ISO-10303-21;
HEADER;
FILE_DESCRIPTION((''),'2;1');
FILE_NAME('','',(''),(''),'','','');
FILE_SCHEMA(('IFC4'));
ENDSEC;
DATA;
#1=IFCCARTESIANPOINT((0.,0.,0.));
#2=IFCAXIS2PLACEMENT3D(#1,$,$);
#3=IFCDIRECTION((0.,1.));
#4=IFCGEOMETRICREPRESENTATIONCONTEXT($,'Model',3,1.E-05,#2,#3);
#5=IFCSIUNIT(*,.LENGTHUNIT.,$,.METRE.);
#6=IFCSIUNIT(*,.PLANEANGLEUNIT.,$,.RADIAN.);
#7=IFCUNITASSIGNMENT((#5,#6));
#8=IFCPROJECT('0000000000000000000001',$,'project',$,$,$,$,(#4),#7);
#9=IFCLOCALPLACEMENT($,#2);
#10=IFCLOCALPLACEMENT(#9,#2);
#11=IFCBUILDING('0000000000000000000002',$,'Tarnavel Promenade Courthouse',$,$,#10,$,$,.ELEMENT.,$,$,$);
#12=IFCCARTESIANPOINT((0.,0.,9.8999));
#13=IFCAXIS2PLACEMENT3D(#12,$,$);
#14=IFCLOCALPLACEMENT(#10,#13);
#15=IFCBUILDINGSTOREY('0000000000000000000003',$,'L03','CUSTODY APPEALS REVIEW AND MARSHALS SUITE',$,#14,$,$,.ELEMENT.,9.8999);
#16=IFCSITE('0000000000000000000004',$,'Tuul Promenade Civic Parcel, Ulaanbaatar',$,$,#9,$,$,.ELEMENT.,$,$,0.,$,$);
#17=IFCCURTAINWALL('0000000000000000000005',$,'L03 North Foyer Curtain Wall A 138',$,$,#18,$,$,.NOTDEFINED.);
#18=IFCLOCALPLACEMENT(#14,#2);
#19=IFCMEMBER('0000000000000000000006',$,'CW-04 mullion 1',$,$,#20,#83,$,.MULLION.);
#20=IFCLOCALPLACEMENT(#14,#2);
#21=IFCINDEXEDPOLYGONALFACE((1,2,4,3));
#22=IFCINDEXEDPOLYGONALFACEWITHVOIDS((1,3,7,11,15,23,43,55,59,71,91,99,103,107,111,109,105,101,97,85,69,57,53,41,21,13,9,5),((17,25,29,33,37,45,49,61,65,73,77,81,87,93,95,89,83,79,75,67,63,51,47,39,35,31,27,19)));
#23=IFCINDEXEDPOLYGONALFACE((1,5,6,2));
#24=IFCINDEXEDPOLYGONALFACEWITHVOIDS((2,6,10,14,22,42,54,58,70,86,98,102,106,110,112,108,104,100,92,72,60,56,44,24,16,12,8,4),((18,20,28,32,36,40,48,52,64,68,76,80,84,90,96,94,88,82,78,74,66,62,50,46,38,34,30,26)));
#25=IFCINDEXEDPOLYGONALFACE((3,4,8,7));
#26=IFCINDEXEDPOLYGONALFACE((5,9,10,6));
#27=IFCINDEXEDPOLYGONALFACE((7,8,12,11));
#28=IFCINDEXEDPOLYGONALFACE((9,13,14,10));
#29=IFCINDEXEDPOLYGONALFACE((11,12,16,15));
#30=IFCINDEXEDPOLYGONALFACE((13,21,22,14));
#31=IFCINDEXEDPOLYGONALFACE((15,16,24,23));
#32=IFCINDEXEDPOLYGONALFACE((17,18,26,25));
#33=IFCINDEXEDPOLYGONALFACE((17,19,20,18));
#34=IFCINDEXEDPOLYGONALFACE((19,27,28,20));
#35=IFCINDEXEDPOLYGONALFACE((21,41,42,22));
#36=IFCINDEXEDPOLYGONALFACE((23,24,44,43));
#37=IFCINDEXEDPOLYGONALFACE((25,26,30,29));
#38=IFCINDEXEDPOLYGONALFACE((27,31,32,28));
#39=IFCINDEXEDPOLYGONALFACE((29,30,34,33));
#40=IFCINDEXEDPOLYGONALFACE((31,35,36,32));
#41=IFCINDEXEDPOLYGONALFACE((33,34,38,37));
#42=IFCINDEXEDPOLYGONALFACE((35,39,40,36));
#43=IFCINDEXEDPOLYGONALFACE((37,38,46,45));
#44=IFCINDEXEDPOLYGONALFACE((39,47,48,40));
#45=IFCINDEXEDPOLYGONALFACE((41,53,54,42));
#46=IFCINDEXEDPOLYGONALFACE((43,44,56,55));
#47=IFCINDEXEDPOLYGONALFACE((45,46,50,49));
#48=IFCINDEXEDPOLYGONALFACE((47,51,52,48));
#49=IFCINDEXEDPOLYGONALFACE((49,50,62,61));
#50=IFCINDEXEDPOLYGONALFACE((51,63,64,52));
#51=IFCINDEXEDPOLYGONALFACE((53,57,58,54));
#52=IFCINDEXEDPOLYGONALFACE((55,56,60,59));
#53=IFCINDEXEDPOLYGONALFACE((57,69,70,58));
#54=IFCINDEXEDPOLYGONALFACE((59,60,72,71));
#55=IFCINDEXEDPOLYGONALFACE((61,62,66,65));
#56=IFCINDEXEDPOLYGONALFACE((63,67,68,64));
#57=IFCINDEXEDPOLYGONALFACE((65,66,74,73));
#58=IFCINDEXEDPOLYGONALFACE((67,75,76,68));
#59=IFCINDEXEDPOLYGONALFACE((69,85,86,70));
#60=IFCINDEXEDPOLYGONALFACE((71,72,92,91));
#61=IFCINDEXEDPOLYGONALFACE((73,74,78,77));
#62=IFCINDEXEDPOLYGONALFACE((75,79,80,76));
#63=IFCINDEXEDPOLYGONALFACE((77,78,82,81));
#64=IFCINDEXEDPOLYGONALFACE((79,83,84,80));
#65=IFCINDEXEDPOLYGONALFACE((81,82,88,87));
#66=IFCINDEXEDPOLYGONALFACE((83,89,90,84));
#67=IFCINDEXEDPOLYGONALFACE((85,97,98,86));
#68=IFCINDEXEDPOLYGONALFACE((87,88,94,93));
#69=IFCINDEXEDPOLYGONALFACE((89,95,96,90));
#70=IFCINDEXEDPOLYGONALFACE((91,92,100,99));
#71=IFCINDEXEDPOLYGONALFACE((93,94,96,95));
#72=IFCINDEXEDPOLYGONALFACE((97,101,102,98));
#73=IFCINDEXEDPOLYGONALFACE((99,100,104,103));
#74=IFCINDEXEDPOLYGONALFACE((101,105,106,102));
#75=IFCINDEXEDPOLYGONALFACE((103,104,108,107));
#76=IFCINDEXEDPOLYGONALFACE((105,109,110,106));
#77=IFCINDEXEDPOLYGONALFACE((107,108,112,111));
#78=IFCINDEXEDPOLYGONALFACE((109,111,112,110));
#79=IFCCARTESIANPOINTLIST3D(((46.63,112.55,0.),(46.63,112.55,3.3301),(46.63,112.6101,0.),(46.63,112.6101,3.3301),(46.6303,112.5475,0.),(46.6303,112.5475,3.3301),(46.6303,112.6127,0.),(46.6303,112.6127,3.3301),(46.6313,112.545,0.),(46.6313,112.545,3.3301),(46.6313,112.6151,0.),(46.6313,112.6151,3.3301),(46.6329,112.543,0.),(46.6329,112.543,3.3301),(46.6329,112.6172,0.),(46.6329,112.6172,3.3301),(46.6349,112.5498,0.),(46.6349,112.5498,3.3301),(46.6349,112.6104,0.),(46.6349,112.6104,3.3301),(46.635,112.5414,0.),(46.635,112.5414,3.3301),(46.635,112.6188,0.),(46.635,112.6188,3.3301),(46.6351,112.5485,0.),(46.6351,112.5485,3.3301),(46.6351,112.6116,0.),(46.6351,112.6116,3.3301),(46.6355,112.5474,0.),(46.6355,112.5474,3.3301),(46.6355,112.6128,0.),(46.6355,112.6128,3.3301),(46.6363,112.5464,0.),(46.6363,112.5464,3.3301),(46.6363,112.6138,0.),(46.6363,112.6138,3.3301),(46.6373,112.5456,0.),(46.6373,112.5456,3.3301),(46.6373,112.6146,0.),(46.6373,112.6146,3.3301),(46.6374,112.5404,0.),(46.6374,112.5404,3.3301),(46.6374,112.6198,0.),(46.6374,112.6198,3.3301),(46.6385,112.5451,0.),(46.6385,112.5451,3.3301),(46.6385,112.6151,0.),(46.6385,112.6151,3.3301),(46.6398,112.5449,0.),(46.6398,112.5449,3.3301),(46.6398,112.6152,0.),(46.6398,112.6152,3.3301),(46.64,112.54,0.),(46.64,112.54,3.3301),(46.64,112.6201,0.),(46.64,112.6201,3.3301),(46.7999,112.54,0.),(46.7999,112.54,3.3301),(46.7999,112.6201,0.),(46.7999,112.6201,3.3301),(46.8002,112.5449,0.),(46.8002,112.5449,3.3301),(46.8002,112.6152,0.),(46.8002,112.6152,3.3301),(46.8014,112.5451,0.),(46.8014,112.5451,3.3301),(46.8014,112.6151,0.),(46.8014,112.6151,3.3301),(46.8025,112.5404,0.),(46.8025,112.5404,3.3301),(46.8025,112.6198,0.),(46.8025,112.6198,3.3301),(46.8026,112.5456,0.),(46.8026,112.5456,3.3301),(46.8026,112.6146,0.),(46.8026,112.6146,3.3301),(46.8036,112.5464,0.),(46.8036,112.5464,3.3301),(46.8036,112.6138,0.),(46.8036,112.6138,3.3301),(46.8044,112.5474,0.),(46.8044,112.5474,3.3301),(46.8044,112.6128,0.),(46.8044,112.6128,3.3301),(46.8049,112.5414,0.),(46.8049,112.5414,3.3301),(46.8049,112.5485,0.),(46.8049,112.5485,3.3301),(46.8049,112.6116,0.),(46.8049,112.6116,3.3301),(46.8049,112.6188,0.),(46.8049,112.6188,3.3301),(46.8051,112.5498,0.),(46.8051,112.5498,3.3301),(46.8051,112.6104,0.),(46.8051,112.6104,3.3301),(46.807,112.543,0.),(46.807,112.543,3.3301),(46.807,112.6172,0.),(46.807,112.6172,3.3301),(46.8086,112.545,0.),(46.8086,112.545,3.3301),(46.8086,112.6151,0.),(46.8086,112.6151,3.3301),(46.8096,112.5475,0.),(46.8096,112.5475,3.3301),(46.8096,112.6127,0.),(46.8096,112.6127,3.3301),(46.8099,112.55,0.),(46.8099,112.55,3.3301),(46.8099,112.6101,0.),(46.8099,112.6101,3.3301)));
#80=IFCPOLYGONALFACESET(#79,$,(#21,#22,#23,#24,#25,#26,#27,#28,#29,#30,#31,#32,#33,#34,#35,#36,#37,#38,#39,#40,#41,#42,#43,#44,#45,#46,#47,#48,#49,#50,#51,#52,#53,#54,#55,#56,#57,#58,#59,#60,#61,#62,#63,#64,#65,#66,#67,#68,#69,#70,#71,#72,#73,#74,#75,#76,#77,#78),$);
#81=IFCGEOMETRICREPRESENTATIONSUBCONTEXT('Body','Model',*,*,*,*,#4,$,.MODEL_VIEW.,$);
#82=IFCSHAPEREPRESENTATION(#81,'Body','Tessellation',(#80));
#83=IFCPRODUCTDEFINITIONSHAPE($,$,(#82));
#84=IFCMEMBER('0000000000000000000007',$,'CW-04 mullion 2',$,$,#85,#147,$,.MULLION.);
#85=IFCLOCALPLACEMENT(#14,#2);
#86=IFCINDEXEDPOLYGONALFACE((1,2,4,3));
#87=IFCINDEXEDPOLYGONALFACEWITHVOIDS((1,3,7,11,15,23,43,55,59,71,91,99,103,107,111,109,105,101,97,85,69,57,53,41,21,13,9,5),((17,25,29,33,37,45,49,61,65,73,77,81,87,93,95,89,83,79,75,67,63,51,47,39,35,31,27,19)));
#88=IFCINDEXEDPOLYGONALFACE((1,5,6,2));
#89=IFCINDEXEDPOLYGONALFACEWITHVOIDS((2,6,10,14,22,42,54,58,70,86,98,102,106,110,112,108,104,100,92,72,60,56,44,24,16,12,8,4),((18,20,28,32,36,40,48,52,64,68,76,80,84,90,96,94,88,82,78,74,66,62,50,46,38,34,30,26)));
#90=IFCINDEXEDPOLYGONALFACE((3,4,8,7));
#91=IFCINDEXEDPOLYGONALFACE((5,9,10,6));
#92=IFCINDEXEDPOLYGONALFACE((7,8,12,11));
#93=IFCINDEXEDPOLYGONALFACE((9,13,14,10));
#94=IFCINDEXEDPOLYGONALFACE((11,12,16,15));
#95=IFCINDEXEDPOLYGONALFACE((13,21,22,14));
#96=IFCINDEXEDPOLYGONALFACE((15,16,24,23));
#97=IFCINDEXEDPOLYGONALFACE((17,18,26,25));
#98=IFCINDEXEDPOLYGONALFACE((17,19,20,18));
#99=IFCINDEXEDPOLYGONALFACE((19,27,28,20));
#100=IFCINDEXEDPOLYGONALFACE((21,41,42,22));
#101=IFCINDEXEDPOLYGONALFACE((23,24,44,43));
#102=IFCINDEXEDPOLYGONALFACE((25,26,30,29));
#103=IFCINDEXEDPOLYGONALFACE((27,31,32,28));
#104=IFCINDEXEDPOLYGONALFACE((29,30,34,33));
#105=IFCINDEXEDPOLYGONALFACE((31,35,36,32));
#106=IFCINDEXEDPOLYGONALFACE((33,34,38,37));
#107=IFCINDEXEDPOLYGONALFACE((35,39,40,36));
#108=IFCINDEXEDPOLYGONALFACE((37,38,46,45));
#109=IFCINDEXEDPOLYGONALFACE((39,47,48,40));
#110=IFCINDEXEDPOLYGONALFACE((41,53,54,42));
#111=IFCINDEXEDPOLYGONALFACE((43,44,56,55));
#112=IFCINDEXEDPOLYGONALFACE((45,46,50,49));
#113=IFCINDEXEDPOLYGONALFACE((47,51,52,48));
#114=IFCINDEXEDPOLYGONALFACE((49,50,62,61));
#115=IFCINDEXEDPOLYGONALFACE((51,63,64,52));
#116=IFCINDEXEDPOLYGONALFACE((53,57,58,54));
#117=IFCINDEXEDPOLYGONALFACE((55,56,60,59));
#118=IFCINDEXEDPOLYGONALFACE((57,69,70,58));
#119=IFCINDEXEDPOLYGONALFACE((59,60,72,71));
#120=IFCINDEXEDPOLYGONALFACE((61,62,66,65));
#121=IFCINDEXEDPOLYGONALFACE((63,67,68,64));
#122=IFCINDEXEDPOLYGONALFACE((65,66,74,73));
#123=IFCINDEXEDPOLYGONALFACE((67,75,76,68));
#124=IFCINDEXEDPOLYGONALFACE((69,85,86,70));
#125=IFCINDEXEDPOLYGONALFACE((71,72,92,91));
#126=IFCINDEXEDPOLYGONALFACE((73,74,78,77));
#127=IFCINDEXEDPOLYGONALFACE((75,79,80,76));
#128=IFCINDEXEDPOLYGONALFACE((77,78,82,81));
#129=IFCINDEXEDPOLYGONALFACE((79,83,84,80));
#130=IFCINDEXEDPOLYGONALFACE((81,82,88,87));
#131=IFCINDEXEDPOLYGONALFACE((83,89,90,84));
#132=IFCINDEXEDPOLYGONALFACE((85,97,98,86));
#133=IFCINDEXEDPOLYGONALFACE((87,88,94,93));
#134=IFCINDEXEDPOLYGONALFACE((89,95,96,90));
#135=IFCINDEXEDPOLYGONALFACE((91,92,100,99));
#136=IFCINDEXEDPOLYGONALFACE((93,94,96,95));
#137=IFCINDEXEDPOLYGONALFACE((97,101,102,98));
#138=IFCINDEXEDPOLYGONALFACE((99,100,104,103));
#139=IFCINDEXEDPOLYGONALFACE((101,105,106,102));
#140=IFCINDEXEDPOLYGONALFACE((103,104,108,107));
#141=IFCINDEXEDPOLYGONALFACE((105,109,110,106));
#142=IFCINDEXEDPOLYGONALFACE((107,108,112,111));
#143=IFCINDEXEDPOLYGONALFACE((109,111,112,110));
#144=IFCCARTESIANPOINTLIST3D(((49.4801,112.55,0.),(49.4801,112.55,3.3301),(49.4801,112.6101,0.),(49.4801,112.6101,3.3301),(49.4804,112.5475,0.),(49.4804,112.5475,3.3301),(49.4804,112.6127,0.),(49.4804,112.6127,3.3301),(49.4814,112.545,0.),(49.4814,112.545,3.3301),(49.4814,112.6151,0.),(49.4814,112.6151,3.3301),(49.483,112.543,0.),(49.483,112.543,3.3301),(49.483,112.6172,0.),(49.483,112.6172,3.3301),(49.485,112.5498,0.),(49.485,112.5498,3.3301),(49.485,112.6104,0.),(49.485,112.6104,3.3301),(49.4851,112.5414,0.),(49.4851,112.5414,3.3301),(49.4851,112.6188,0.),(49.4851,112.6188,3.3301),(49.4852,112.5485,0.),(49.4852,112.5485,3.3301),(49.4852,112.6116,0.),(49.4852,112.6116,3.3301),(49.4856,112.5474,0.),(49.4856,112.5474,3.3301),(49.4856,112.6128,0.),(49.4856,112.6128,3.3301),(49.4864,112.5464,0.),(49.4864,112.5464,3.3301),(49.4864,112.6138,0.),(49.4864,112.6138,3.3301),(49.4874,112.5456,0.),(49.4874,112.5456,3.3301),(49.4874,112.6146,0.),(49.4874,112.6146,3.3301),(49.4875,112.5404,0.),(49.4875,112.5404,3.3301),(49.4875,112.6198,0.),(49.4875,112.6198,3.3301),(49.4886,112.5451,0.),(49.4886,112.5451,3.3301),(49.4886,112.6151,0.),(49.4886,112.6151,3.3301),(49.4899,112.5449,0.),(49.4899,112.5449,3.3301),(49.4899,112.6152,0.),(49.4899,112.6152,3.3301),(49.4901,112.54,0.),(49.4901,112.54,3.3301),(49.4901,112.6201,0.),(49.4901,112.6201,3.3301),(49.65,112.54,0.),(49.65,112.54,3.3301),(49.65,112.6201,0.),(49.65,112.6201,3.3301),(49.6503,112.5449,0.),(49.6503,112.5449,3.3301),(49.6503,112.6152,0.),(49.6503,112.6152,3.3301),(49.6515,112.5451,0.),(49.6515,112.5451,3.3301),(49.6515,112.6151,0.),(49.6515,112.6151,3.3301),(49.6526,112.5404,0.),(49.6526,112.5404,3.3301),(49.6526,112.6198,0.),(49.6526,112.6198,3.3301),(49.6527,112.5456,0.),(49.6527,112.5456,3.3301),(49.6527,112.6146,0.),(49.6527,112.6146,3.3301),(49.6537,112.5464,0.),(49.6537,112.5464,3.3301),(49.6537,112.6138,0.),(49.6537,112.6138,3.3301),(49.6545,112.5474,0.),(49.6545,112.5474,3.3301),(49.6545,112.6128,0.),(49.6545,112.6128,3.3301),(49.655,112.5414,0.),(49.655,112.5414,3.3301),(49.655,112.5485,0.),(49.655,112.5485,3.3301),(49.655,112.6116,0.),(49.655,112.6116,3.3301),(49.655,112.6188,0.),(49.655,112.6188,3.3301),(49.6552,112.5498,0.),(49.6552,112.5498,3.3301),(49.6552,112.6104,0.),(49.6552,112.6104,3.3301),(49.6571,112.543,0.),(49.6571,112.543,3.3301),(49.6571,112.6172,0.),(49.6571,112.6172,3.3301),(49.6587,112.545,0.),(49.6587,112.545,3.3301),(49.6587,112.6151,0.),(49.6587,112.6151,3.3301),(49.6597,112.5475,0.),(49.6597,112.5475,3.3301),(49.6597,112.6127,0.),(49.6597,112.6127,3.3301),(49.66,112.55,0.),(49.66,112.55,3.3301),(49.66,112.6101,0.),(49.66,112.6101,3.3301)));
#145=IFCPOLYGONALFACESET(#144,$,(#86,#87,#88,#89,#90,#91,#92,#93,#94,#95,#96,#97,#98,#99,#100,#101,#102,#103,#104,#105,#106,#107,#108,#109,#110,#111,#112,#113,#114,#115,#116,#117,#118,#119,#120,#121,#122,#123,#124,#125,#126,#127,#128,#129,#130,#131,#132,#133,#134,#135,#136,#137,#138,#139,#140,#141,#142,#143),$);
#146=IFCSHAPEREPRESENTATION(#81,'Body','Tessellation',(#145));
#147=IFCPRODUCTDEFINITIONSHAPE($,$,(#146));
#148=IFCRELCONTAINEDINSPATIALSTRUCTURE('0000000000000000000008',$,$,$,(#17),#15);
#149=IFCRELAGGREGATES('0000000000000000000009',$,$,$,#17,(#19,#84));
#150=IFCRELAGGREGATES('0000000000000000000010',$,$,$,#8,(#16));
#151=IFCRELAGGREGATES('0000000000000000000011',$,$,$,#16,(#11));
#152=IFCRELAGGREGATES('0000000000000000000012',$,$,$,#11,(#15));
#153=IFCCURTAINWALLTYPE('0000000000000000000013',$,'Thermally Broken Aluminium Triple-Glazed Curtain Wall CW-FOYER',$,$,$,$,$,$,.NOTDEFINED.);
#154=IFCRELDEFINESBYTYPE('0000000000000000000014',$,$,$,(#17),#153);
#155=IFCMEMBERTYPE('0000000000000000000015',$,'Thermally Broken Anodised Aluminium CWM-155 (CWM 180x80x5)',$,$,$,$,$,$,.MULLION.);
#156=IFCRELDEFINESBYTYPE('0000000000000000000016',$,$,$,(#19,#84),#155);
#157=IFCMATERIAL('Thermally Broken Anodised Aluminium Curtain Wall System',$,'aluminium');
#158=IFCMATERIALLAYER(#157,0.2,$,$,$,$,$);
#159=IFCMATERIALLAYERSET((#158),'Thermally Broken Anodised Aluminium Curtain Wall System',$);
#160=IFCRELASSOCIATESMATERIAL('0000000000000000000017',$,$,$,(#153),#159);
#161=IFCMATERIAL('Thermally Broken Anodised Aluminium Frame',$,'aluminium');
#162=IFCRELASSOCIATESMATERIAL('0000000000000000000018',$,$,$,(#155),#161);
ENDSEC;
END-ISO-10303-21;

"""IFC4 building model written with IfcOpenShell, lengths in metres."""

from ifc_helpers import new_model, si_unit, direction, frame, origin, origin_2d, place, context, subcontext, project, spatial, hollow_rectangle, extrude, material, layer, layer_set, material_profile, profile_set, type_object, element, aggregate, save


model = new_model("IFC4")

# Units and contexts
model_context = context("Model", 3, precision=1e-05, world=origin(), true_north=direction((0.0, 1.0)))
body_context = subcontext(model_context, "Body", "Model", "MODEL_VIEW")
ifc_project = project(units=[si_unit("LENGTHUNIT", "METRE"), si_unit("PLANEANGLEUNIT", "RADIAN")], contexts=[model_context])

# Site, building, storey
site_placement = place(None, origin())
site = spatial("IfcSite", under=ifc_project, at=site_placement, Name="Tuul Promenade Civic Parcel, Ulaanbaatar", CompositionType="ELEMENT", RefElevation=0.0)
building_placement = place(site_placement, origin())
building = spatial("IfcBuilding", under=site, at=building_placement, Name="Tarnavel Promenade Courthouse", CompositionType="ELEMENT")
storey_placement = place(building_placement, frame((0.0, 0.0, 9.8999)))
storey = spatial("IfcBuildingStorey", under=building, at=storey_placement, Name="L03", Description="CUSTODY APPEALS REVIEW AND MARSHALS SUITE", CompositionType="ELEMENT", Elevation=9.8999)

# Curtain wall, members
ifc_material_1 = material(Name="Thermally Broken Anodised Aluminium Curtain Wall System", Category="aluminium")
ifc_layer_1 = layer(ifc_material_1, 0.2)
ifc_layer_set_1 = layer_set([ifc_layer_1], Name="Thermally Broken Anodised Aluminium Curtain Wall System")
curtain_wall_type = type_object("IfcCurtainWallType", Name="Thermally Broken Aluminium Triple-Glazed Curtain Wall CW-FOYER", PredefinedType="NOTDEFINED", material=ifc_layer_set_1)
curtain_wall_placement = place(storey_placement, origin())
curtain_wall = element("IfcCurtainWall", 1, at=curtain_wall_placement, inside=storey, type_object=curtain_wall_type, Name="L03 North Foyer Curtain Wall A 138", PredefinedType="NOTDEFINED")
ifc_material_2 = material(Name="Thermally Broken Anodised Aluminium Frame", Category="aluminium")
ifc_material_profile_1 = material_profile(ifc_material_2, hollow_rectangle(XDim=0.0801, YDim=0.1799, WallThickness=0.0049, InnerFilletRadius=0.0049, OuterFilletRadius=0.01, at=origin_2d()), Name="CWM 180x80x5")
ifc_profile_set_1 = profile_set([ifc_material_profile_1], Name="Thermally Broken Anodised Aluminium Frame")
member_type_1 = type_object("IfcMemberType", Name="Thermally Broken Anodised Aluminium CWM-155 (CWM 180x80x5)", PredefinedType="MULLION", material=ifc_profile_set_1)
member_1_placement = place(storey_placement, frame((46.72, 112.5801, 0.0), z_axis=(0.0, 0.0, 1.0), x_axis=(0.0, 1.0, 0.0)))
member_1 = element("IfcMember", 2, at=member_1_placement, type_object=member_type_1, Name="CW-04 mullion 1", PredefinedType="MULLION", context=body_context, shape_type="SweptSolid", body=[
    extrude(hollow_rectangle(XDim=0.0801, YDim=0.1799, WallThickness=0.0049, InnerFilletRadius=0.0049, OuterFilletRadius=0.01, at=origin_2d()), origin(), (0.0, 0.0, 1.0), 3.3301),
])
member_2_placement = place(storey_placement, frame((49.5701, 112.5801, 0.0), z_axis=(0.0, 0.0, 1.0), x_axis=(0.0, 1.0, 0.0)))
member_2 = element("IfcMember", 3, at=member_2_placement, type_object=member_type_1, Name="CW-04 mullion 2", PredefinedType="MULLION", context=body_context, shape_type="SweptSolid", body=[
    extrude(hollow_rectangle(XDim=0.0801, YDim=0.1799, WallThickness=0.0049, InnerFilletRadius=0.0049, OuterFilletRadius=0.01, at=origin_2d()), origin(), (0.0, 0.0, 1.0), 3.3301),
])
aggregate(curtain_wall, [member_1, member_2])

save(model, "model.ifc")
